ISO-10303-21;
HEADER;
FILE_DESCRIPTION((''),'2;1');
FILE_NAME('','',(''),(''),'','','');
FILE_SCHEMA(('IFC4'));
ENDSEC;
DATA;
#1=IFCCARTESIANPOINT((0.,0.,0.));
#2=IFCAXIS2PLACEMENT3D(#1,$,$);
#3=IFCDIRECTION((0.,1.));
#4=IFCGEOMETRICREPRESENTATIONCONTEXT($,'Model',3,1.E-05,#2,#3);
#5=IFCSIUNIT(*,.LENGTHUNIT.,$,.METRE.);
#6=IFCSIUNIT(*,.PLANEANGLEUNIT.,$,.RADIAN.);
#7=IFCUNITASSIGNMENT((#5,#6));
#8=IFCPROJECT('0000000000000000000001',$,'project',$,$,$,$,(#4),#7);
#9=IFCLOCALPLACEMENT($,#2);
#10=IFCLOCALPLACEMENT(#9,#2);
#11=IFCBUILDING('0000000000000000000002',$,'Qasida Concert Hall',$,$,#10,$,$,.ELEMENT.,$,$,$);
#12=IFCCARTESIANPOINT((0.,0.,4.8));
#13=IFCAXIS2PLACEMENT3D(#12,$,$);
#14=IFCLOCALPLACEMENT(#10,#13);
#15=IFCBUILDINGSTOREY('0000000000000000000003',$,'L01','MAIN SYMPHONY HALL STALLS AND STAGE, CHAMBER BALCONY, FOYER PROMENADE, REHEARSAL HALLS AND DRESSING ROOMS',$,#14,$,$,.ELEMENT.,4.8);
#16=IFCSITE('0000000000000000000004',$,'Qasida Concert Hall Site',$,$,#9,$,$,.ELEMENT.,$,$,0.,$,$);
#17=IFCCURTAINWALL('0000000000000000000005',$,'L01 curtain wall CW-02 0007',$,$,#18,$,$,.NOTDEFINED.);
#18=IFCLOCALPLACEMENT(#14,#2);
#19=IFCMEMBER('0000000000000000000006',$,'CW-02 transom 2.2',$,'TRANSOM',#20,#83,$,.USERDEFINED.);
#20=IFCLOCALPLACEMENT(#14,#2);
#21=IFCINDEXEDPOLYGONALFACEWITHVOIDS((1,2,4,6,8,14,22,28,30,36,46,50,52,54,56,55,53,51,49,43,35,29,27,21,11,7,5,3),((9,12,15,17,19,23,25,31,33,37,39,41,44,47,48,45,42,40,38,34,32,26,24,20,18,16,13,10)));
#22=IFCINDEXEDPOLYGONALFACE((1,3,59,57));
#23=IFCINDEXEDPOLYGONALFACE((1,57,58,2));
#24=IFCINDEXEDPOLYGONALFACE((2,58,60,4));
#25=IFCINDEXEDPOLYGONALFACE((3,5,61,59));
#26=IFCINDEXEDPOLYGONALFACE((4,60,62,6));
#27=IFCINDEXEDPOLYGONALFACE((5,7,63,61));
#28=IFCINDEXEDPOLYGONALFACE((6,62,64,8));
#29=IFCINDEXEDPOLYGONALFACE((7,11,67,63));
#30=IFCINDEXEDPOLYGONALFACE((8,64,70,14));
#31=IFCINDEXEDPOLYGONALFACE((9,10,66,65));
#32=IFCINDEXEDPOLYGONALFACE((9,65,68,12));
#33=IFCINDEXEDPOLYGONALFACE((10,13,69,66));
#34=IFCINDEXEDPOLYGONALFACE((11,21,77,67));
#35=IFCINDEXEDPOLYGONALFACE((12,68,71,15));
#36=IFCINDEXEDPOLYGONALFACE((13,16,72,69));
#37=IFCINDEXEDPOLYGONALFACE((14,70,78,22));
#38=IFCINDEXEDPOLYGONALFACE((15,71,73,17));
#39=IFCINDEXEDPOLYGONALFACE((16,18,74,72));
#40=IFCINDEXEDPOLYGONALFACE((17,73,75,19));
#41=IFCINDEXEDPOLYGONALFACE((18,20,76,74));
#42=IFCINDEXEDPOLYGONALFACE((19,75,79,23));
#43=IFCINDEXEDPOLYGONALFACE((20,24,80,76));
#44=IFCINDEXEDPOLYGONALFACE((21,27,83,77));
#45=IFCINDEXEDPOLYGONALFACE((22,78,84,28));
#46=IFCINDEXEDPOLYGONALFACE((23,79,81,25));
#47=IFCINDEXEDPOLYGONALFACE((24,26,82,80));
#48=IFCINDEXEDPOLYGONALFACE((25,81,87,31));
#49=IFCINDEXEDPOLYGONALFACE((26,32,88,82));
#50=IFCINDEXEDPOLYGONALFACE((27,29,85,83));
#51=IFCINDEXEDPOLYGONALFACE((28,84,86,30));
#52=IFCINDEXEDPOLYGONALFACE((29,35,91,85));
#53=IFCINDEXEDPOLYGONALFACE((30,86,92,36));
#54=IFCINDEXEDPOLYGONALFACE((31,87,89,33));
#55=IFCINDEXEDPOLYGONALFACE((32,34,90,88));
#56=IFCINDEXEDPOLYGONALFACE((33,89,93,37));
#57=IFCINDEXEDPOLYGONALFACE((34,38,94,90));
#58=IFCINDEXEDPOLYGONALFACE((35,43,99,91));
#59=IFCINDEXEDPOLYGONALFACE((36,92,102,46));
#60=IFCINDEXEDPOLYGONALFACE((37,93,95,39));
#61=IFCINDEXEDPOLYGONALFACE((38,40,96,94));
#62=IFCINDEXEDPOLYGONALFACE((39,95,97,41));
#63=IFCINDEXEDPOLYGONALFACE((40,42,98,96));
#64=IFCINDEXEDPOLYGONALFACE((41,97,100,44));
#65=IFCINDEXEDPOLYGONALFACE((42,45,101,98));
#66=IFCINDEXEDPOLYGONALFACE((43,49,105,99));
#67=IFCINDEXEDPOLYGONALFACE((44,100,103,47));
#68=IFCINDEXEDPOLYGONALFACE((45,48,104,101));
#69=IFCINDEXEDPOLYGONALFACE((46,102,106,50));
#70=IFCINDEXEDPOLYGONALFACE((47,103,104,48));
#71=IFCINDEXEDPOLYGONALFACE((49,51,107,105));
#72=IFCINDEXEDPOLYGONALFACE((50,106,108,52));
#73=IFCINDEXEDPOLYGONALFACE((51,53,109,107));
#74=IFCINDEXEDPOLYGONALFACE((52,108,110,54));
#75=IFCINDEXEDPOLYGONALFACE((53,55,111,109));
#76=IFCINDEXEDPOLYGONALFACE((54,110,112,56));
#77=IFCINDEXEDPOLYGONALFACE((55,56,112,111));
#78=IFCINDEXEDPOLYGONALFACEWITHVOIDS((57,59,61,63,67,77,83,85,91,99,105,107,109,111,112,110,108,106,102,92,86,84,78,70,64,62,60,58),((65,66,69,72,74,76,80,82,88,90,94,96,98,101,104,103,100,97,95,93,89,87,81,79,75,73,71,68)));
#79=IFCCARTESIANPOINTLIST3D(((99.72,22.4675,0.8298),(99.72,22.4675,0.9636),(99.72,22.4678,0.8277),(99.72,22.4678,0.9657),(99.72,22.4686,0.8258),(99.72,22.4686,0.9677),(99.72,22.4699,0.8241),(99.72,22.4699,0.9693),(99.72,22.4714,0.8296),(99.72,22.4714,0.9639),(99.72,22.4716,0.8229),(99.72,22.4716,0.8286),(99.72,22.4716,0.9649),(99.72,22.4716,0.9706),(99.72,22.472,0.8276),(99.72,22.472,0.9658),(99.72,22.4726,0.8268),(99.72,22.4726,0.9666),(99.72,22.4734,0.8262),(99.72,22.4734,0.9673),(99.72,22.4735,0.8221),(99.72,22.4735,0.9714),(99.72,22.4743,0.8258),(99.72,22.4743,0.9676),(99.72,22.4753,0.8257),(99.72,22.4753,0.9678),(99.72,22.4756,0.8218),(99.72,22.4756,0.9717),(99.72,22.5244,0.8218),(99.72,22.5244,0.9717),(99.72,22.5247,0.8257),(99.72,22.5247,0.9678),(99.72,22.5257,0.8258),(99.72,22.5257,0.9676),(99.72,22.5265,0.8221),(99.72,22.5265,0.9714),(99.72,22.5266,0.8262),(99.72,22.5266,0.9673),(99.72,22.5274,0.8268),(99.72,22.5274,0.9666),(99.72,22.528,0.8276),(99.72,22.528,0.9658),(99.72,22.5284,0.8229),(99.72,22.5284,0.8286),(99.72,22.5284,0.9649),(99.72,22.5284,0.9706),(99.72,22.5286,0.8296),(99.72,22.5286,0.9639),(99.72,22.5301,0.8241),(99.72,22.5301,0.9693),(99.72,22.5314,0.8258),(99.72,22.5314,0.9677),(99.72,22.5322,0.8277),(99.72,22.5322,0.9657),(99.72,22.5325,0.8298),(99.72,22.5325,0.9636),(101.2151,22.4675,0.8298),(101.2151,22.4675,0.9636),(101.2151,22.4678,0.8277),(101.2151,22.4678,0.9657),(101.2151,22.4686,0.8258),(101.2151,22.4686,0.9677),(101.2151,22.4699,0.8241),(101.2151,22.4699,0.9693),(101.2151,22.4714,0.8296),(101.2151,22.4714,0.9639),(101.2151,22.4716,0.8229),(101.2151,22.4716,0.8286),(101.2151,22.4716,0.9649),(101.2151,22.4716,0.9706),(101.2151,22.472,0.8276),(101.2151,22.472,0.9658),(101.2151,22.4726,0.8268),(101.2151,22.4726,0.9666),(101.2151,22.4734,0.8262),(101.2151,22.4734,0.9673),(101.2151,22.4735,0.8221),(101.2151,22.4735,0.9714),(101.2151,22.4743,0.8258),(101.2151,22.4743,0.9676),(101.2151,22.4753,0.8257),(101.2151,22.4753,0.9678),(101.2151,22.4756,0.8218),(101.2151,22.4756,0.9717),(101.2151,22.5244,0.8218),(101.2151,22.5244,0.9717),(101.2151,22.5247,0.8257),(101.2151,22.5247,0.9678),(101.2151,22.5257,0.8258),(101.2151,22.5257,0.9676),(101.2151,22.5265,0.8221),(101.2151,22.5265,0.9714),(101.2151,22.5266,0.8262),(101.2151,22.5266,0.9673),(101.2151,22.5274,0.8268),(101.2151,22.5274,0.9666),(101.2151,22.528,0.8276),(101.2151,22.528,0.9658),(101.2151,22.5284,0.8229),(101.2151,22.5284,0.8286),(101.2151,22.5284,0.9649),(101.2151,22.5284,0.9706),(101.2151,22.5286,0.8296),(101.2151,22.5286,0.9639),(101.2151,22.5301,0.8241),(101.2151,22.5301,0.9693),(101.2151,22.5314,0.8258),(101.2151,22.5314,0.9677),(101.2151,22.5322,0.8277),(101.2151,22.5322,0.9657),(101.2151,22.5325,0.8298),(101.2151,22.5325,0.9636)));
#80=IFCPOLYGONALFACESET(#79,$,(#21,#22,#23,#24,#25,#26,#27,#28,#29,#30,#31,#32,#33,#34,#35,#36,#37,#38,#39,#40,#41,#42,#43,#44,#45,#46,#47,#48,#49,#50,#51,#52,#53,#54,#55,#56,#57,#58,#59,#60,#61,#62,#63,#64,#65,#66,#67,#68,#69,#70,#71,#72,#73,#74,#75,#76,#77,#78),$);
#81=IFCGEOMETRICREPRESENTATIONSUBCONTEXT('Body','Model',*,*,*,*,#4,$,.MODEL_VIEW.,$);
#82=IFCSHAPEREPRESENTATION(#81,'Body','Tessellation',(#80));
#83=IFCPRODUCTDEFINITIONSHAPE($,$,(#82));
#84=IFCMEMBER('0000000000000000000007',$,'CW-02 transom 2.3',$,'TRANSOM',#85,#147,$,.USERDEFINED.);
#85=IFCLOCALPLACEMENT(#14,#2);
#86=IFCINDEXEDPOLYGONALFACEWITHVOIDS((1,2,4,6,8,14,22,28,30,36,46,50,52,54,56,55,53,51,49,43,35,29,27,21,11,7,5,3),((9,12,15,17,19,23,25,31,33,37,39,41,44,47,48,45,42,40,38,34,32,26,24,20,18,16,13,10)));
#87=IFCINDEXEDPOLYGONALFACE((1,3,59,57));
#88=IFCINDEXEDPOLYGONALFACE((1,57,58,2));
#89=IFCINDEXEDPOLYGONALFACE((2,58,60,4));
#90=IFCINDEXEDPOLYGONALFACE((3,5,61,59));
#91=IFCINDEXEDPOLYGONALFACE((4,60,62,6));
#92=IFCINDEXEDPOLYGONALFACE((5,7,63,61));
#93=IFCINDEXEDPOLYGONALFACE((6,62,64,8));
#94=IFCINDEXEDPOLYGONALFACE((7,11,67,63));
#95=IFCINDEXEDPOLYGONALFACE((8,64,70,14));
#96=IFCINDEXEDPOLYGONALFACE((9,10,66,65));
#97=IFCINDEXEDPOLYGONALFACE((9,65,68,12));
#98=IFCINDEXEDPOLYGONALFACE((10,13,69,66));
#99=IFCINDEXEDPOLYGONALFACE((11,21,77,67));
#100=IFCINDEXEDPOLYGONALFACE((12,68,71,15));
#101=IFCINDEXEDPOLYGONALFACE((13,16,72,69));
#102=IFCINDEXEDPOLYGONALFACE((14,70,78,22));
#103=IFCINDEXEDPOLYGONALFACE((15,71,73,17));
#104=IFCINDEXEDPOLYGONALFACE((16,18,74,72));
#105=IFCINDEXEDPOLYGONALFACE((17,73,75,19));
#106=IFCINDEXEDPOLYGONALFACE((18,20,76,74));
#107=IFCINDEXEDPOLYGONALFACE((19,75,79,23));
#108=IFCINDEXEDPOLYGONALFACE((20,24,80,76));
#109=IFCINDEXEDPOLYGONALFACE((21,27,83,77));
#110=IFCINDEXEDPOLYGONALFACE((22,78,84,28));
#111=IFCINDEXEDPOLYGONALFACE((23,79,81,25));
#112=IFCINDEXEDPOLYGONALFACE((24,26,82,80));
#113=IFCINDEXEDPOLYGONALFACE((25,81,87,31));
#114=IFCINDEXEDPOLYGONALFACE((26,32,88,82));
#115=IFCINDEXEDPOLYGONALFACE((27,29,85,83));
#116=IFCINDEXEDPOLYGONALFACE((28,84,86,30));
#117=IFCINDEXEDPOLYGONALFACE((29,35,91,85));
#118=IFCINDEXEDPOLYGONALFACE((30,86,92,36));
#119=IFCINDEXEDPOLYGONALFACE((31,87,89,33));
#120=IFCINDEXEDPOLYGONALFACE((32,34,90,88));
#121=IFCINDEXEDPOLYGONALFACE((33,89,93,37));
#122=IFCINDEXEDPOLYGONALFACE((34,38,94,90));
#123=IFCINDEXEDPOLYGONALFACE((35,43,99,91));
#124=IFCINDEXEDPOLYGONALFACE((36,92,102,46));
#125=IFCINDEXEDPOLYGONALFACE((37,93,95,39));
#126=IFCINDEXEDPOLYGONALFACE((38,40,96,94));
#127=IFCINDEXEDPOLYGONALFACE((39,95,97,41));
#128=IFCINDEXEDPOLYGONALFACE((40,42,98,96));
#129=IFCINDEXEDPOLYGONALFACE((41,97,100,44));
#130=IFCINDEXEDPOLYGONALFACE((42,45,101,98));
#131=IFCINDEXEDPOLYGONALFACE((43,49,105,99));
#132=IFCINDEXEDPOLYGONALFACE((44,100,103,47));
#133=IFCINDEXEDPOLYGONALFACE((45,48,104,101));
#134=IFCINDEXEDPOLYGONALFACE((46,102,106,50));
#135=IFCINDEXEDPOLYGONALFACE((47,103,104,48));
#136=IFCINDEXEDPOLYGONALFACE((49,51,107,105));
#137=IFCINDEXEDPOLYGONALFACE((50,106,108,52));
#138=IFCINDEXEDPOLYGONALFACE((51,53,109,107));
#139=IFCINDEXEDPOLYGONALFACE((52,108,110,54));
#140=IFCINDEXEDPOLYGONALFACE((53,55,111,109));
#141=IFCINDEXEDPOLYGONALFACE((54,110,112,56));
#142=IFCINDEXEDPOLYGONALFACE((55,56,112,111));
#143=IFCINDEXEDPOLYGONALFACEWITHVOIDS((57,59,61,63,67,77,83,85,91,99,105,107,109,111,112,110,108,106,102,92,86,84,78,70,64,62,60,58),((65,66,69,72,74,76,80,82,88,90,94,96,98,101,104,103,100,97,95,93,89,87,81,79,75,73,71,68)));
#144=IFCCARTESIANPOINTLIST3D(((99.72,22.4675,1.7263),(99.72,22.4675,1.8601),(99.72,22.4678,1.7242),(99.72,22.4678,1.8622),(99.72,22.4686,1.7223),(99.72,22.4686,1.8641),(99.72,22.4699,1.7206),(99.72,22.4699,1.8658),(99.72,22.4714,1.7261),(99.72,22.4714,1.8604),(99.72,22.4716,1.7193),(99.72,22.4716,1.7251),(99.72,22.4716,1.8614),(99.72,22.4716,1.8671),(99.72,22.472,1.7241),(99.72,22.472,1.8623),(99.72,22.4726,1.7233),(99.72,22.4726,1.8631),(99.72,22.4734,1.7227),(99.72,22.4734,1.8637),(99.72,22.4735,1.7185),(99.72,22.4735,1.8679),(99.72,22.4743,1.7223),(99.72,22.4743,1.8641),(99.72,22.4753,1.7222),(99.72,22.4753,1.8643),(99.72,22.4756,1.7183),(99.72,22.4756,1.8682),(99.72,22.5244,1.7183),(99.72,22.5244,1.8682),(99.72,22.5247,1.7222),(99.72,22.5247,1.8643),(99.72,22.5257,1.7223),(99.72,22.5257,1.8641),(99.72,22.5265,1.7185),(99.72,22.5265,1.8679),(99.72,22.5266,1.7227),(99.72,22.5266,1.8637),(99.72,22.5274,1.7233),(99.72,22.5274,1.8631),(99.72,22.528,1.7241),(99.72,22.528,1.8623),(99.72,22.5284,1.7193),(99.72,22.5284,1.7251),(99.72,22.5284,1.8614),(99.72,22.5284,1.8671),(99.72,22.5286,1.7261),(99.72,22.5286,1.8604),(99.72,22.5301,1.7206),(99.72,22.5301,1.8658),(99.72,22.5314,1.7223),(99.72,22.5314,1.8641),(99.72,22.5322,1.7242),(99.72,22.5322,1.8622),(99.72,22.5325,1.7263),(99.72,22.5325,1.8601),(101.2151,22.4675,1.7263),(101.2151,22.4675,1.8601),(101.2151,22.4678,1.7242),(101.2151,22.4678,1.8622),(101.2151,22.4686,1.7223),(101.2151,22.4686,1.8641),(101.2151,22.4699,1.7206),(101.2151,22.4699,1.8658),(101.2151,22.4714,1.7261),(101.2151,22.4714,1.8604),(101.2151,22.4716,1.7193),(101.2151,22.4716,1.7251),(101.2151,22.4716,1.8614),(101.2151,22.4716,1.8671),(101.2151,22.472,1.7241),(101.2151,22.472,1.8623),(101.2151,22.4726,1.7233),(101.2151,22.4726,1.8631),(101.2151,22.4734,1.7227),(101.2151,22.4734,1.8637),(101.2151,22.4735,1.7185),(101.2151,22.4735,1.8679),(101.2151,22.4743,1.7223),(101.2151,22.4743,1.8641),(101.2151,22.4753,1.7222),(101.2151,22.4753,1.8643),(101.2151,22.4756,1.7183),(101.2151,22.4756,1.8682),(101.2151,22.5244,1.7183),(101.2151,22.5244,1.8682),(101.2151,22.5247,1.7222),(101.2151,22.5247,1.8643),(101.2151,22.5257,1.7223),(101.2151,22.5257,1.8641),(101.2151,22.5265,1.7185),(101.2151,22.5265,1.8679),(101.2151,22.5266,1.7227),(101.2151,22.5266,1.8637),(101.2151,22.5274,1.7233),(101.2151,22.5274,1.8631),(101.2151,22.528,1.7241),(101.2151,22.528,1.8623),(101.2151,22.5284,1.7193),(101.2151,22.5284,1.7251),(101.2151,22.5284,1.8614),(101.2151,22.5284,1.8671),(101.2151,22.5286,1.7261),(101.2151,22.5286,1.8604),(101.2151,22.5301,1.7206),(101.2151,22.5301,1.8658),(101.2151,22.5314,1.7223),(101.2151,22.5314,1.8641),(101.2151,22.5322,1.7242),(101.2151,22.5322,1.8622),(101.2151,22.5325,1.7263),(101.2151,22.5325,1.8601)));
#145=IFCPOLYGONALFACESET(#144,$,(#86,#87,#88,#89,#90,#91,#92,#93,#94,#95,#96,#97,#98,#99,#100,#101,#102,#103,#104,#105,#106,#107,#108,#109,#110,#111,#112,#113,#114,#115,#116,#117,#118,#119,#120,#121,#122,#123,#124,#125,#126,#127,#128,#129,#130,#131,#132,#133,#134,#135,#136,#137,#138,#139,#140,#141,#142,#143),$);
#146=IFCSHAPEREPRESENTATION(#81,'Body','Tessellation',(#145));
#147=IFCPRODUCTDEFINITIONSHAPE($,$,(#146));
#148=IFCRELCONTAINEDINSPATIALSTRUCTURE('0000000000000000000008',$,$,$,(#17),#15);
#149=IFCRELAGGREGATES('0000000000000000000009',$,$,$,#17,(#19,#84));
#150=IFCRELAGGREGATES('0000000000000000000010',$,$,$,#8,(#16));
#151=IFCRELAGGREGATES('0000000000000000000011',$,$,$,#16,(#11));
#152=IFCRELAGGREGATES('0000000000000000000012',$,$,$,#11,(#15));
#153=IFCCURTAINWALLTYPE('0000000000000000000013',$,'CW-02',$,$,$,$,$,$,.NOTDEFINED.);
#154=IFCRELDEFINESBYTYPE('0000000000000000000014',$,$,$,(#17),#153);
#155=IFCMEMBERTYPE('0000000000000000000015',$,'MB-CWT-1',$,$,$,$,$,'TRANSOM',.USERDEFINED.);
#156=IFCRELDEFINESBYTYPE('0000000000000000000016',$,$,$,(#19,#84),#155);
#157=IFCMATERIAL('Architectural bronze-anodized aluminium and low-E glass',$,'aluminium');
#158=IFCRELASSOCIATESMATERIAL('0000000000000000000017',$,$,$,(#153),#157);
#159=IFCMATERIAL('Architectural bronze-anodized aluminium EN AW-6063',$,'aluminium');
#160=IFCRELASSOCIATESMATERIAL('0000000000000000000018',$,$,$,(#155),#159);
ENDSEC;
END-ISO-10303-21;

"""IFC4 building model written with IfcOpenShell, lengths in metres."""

from ifc_helpers import new_model, si_unit, direction, frame, origin, origin_2d, place, context, subcontext, project, spatial, hollow_rectangle, extrude, material, material_profile, profile_set, type_object, element, aggregate, save


model = new_model("IFC4")

# Units and contexts
model_context = context("Model", 3, precision=1e-05, world=origin(), true_north=direction((0.0, 1.0)))
body_context = subcontext(model_context, "Body", "Model", "MODEL_VIEW")
ifc_project = project(units=[si_unit("LENGTHUNIT", "METRE"), si_unit("PLANEANGLEUNIT", "RADIAN")], contexts=[model_context])

# Site, building, storey
site_placement = place(None, origin())
site = spatial("IfcSite", under=ifc_project, at=site_placement, Name="Qasida Concert Hall Site", CompositionType="ELEMENT", RefElevation=0.0)
building_placement = place(site_placement, origin())
building = spatial("IfcBuilding", under=site, at=building_placement, Name="Qasida Concert Hall", CompositionType="ELEMENT")
storey_placement = place(building_placement, frame((0.0, 0.0, 4.8)))
storey = spatial("IfcBuildingStorey", under=building, at=storey_placement, Name="L01", Description="MAIN SYMPHONY HALL STALLS AND STAGE, CHAMBER BALCONY, FOYER PROMENADE, REHEARSAL HALLS AND DRESSING ROOMS", CompositionType="ELEMENT", Elevation=4.8)

# Curtain wall, members
ifc_material_1 = material(Name="Architectural bronze-anodized aluminium and low-E glass", Category="aluminium")
curtain_wall_type = type_object("IfcCurtainWallType", Name="CW-02", PredefinedType="NOTDEFINED", material=ifc_material_1)
curtain_wall_placement = place(storey_placement, origin())
curtain_wall = element("IfcCurtainWall", 1, at=curtain_wall_placement, inside=storey, type_object=curtain_wall_type, Name="L01 curtain wall CW-02 0007", PredefinedType="NOTDEFINED")
ifc_material_2 = material(Name="Architectural bronze-anodized aluminium EN AW-6063", Category="aluminium")
ifc_material_profile_1 = material_profile(ifc_material_2, hollow_rectangle(XDim=0.0649, YDim=0.1499, WallThickness=0.0039, InnerFilletRadius=0.0039, OuterFilletRadius=0.0081, at=origin_2d()), Name="CWT 150x65x4")
ifc_profile_set_1 = profile_set([ifc_material_profile_1], Name="Architectural bronze-anodized aluminium EN AW-6063")
member_type_1 = type_object("IfcMemberType", Name="MB-CWT-1", ElementType="TRANSOM", PredefinedType="USERDEFINED", material=ifc_profile_set_1)
member_1_placement = place(storey_placement, frame((99.72, 22.5, 0.8967), z_axis=(1.0, 0.0, 0.0), x_axis=(0.0, 1.0, 0.0)))
member_1 = element("IfcMember", 2, at=member_1_placement, type_object=member_type_1, Name="CW-02 transom 2.2", ObjectType="TRANSOM", PredefinedType="USERDEFINED", context=body_context, shape_type="SweptSolid", body=[
    extrude(hollow_rectangle(XDim=0.0649, YDim=0.1499, WallThickness=0.0039, InnerFilletRadius=0.0039, OuterFilletRadius=0.0081, at=origin_2d()), origin(), (0.0, 0.0, 1.0), 1.4951),
])
member_2_placement = place(storey_placement, frame((99.72, 22.5, 1.7932), z_axis=(1.0, 0.0, 0.0), x_axis=(0.0, 1.0, 0.0)))
member_2 = element("IfcMember", 3, at=member_2_placement, type_object=member_type_1, Name="CW-02 transom 2.3", ObjectType="TRANSOM", PredefinedType="USERDEFINED", context=body_context, shape_type="SweptSolid", body=[
    extrude(hollow_rectangle(XDim=0.0649, YDim=0.1499, WallThickness=0.0039, InnerFilletRadius=0.0039, OuterFilletRadius=0.0081, at=origin_2d()), origin(), (0.0, 0.0, 1.0), 1.4951),
])

aggregate(curtain_wall, [member_1, member_2])

save(model, "model.ifc")
